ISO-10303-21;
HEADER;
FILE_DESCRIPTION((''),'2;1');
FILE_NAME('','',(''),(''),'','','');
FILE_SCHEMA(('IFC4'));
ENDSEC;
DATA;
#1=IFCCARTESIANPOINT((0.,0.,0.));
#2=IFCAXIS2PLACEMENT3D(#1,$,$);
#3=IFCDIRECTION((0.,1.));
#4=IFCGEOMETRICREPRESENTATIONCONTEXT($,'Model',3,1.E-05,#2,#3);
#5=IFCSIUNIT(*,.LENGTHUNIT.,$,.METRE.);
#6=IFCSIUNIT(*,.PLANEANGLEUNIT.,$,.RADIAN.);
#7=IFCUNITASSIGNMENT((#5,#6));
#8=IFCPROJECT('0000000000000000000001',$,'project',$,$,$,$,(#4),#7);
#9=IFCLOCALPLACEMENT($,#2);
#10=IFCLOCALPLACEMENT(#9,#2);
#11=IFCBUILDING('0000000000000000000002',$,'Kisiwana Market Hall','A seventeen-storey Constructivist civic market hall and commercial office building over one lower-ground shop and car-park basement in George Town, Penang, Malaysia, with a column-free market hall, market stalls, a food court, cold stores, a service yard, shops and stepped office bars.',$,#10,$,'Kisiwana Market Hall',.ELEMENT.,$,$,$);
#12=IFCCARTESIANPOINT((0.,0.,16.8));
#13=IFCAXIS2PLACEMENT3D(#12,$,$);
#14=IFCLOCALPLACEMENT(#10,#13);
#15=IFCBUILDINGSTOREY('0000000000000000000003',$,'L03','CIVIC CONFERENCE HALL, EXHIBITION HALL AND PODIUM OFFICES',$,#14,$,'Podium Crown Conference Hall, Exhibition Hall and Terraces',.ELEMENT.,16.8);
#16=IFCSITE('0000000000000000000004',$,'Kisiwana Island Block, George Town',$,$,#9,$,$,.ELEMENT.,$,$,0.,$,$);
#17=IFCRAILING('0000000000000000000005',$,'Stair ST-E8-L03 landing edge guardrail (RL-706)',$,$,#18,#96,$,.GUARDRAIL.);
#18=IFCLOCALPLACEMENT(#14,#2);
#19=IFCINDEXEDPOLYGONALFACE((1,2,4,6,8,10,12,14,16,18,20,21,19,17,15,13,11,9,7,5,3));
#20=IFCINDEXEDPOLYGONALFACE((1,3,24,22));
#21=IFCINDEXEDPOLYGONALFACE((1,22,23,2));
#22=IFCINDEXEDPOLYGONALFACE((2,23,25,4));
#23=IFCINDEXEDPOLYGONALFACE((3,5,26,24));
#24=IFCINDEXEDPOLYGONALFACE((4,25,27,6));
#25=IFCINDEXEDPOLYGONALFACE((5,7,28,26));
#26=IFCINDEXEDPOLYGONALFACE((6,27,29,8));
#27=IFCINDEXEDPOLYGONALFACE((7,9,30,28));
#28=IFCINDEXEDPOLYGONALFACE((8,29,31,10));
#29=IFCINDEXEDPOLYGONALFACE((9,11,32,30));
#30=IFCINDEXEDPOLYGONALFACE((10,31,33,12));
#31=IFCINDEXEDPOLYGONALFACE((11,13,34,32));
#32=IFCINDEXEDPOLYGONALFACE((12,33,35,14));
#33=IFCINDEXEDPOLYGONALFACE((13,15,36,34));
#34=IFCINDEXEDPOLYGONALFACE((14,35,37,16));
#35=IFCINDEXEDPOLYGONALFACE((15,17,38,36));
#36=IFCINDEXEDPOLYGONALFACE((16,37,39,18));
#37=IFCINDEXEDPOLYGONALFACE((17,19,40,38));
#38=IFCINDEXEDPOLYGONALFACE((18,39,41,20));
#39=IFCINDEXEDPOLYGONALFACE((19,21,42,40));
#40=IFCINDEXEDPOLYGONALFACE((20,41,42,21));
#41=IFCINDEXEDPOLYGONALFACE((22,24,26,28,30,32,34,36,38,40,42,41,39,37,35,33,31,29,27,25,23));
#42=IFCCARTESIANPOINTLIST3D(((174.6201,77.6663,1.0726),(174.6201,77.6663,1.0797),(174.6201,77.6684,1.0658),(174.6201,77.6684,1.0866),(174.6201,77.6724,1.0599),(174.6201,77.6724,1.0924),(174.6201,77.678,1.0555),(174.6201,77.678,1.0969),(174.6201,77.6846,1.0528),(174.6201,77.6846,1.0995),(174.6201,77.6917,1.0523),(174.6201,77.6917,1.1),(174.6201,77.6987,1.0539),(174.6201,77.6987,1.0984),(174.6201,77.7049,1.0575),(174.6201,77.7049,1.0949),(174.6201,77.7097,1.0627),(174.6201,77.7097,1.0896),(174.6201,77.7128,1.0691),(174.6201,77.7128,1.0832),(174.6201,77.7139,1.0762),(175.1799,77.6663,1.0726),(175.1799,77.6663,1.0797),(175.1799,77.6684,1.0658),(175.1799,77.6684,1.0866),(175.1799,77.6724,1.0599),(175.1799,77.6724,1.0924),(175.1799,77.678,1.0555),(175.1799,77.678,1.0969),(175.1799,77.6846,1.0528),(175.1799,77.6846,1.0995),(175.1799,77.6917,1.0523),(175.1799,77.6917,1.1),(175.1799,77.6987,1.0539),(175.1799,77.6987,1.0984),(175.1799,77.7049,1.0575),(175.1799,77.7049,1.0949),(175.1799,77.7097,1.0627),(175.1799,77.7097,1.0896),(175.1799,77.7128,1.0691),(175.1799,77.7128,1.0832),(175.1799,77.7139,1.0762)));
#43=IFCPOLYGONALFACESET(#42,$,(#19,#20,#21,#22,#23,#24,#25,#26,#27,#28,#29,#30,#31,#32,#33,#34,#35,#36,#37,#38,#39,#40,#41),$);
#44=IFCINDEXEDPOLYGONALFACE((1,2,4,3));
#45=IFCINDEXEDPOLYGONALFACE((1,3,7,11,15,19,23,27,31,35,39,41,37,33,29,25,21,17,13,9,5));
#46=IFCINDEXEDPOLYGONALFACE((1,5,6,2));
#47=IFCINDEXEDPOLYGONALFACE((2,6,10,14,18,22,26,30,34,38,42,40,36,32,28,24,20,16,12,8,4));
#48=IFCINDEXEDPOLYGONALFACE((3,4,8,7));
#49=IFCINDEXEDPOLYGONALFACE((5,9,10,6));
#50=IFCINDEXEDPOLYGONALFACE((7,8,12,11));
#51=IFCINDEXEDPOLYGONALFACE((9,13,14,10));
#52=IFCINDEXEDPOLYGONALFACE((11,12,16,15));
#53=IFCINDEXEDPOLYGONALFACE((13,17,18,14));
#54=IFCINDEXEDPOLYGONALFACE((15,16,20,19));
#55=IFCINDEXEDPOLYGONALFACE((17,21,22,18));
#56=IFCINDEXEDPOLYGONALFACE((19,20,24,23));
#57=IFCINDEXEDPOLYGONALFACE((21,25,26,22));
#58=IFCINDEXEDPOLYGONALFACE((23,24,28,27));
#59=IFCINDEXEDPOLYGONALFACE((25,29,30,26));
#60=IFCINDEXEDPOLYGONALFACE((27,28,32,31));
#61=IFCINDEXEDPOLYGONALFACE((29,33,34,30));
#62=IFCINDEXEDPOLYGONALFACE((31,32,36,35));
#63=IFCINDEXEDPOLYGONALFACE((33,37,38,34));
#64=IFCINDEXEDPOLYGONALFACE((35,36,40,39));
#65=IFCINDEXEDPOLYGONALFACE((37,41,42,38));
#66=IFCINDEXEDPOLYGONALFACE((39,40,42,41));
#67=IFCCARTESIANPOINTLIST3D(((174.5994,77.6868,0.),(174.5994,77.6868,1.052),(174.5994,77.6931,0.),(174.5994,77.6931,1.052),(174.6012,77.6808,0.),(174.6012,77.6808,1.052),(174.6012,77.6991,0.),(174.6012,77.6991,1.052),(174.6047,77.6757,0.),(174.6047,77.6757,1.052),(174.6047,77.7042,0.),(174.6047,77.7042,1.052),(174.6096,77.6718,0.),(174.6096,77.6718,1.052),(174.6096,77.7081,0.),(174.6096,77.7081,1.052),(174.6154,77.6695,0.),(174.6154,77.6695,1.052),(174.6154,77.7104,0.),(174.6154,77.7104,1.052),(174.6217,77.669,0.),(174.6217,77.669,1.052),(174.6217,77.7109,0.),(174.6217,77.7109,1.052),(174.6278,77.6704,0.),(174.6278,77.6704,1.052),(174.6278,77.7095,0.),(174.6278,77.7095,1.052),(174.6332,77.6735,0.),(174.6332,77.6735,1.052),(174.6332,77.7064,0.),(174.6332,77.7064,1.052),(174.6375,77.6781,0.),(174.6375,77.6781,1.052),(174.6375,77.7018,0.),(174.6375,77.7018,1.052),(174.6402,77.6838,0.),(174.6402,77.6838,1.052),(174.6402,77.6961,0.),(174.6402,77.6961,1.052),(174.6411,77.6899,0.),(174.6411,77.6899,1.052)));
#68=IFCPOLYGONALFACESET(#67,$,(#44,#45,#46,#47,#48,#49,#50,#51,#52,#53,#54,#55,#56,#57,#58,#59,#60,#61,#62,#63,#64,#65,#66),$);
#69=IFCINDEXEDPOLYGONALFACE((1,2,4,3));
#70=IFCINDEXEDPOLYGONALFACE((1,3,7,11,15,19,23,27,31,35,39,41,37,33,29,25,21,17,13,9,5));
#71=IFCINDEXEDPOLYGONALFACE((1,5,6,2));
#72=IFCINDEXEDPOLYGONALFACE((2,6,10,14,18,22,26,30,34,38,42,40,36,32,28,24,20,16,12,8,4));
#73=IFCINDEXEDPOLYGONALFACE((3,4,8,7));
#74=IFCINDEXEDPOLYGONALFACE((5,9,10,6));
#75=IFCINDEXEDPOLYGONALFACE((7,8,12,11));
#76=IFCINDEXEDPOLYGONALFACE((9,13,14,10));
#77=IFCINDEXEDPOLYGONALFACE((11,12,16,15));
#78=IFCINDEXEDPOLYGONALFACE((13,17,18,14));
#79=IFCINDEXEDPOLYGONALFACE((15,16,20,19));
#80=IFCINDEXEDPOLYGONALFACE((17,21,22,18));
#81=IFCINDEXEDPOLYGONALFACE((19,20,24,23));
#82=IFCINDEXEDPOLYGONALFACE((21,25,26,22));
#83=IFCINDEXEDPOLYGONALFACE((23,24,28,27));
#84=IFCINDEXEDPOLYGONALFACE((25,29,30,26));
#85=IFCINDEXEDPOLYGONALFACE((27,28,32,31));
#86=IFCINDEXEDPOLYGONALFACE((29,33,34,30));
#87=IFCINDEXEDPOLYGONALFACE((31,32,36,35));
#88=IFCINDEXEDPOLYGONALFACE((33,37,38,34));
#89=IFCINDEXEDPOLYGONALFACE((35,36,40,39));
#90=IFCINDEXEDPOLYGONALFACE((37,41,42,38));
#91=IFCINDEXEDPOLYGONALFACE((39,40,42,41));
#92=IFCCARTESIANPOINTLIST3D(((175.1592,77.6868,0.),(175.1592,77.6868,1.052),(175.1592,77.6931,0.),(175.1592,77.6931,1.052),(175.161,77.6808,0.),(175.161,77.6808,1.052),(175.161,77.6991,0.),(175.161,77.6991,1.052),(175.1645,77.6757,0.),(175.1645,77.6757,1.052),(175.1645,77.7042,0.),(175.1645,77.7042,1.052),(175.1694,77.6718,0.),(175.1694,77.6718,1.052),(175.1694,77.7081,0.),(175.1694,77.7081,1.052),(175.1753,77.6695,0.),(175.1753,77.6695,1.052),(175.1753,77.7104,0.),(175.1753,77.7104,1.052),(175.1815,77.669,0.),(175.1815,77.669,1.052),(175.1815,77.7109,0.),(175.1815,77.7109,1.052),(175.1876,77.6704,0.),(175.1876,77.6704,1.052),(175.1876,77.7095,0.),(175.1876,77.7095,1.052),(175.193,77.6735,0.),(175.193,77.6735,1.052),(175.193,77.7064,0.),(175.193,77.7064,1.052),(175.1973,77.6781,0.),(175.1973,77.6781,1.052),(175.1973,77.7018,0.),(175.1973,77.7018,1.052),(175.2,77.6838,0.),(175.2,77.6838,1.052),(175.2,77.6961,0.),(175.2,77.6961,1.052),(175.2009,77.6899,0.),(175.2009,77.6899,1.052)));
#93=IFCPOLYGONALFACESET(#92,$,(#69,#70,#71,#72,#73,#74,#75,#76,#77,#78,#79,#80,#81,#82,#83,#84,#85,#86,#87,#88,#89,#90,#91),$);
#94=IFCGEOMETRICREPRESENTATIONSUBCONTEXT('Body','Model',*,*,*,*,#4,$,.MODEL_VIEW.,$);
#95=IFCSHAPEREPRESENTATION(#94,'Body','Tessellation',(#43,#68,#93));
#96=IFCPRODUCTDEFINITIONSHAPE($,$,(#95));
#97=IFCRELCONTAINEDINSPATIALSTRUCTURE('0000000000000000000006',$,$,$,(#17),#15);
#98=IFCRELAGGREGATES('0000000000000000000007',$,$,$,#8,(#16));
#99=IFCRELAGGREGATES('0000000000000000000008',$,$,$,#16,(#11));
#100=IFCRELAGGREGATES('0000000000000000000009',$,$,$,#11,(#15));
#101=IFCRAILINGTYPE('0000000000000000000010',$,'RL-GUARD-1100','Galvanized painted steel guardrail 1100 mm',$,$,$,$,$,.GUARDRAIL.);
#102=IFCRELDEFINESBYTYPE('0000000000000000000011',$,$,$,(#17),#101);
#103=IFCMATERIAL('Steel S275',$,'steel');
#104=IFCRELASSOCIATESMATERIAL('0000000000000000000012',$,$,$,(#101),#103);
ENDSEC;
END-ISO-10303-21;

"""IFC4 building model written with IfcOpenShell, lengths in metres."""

from ifc_helpers import new_model, si_unit, direction, frame, origin, origin_2d, place, context, subcontext, project, spatial, circle, extrude, material, type_object, element, save


model = new_model("IFC4")

# Units and contexts
model_context = context("Model", 3, precision=1e-05, world=origin(), true_north=direction((0.0, 1.0)))
body_context = subcontext(model_context, "Body", "Model", "MODEL_VIEW")
ifc_project = project(units=[si_unit("LENGTHUNIT", "METRE"), si_unit("PLANEANGLEUNIT", "RADIAN")], contexts=[model_context])

# Site, building, storey
site_placement = place(None, origin())
site = spatial("IfcSite", under=ifc_project, at=site_placement, Name="Kisiwana Island Block, George Town", CompositionType="ELEMENT", RefElevation=0.0)
building_placement = place(site_placement, origin())
building = spatial("IfcBuilding", under=site, at=building_placement, Name="Kisiwana Market Hall", Description="A seventeen-storey Constructivist civic market hall and commercial office building over one lower-ground shop and car-park basement in George Town, Penang, Malaysia, with a column-free market hall, market stalls, a food court, cold stores, a service yard, shops and stepped office bars.", LongName="Kisiwana Market Hall", CompositionType="ELEMENT")
storey_placement = place(building_placement, frame((0.0, 0.0, 16.8)))
storey = spatial("IfcBuildingStorey", under=building, at=storey_placement, Name="L03", Description="CIVIC CONFERENCE HALL, EXHIBITION HALL AND PODIUM OFFICES", LongName="Podium Crown Conference Hall, Exhibition Hall and Terraces", CompositionType="ELEMENT", Elevation=16.8)

# Railing
ifc_material_1 = material(Name="Steel S275", Category="steel")
railing_type_1 = type_object("IfcRailingType", Name="RL-GUARD-1100", Description="Galvanized painted steel guardrail 1100 mm", PredefinedType="GUARDRAIL", material=ifc_material_1)
railing_1_placement = place(storey_placement, frame((174.6201, 77.6899, 0.0)))
element("IfcRailing", 1, at=railing_1_placement, inside=storey, type_object=railing_type_1, Name="Stair ST-E8-L03 landing edge guardrail (RL-706)", PredefinedType="GUARDRAIL", context=body_context, shape_type="SweptSolid", body=[
    extrude(circle(Radius=0.0239, at=origin_2d()), frame((0.0, 0.0, 1.0762), z_axis=(1.0, 0.0, 0.0), x_axis=(0.0, 1.0, 0.0)), (0.0, 0.0, 1.0), 0.5598),
    extrude(circle(Radius=0.021, at=origin_2d()), origin(), (0.0, 0.0, 1.0), 1.052),
    extrude(circle(Radius=0.021, at=origin_2d()), frame((0.5598, 0.0, 0.0)), (0.0, 0.0, 1.0), 1.052),
])

save(model, "model.ifc")
